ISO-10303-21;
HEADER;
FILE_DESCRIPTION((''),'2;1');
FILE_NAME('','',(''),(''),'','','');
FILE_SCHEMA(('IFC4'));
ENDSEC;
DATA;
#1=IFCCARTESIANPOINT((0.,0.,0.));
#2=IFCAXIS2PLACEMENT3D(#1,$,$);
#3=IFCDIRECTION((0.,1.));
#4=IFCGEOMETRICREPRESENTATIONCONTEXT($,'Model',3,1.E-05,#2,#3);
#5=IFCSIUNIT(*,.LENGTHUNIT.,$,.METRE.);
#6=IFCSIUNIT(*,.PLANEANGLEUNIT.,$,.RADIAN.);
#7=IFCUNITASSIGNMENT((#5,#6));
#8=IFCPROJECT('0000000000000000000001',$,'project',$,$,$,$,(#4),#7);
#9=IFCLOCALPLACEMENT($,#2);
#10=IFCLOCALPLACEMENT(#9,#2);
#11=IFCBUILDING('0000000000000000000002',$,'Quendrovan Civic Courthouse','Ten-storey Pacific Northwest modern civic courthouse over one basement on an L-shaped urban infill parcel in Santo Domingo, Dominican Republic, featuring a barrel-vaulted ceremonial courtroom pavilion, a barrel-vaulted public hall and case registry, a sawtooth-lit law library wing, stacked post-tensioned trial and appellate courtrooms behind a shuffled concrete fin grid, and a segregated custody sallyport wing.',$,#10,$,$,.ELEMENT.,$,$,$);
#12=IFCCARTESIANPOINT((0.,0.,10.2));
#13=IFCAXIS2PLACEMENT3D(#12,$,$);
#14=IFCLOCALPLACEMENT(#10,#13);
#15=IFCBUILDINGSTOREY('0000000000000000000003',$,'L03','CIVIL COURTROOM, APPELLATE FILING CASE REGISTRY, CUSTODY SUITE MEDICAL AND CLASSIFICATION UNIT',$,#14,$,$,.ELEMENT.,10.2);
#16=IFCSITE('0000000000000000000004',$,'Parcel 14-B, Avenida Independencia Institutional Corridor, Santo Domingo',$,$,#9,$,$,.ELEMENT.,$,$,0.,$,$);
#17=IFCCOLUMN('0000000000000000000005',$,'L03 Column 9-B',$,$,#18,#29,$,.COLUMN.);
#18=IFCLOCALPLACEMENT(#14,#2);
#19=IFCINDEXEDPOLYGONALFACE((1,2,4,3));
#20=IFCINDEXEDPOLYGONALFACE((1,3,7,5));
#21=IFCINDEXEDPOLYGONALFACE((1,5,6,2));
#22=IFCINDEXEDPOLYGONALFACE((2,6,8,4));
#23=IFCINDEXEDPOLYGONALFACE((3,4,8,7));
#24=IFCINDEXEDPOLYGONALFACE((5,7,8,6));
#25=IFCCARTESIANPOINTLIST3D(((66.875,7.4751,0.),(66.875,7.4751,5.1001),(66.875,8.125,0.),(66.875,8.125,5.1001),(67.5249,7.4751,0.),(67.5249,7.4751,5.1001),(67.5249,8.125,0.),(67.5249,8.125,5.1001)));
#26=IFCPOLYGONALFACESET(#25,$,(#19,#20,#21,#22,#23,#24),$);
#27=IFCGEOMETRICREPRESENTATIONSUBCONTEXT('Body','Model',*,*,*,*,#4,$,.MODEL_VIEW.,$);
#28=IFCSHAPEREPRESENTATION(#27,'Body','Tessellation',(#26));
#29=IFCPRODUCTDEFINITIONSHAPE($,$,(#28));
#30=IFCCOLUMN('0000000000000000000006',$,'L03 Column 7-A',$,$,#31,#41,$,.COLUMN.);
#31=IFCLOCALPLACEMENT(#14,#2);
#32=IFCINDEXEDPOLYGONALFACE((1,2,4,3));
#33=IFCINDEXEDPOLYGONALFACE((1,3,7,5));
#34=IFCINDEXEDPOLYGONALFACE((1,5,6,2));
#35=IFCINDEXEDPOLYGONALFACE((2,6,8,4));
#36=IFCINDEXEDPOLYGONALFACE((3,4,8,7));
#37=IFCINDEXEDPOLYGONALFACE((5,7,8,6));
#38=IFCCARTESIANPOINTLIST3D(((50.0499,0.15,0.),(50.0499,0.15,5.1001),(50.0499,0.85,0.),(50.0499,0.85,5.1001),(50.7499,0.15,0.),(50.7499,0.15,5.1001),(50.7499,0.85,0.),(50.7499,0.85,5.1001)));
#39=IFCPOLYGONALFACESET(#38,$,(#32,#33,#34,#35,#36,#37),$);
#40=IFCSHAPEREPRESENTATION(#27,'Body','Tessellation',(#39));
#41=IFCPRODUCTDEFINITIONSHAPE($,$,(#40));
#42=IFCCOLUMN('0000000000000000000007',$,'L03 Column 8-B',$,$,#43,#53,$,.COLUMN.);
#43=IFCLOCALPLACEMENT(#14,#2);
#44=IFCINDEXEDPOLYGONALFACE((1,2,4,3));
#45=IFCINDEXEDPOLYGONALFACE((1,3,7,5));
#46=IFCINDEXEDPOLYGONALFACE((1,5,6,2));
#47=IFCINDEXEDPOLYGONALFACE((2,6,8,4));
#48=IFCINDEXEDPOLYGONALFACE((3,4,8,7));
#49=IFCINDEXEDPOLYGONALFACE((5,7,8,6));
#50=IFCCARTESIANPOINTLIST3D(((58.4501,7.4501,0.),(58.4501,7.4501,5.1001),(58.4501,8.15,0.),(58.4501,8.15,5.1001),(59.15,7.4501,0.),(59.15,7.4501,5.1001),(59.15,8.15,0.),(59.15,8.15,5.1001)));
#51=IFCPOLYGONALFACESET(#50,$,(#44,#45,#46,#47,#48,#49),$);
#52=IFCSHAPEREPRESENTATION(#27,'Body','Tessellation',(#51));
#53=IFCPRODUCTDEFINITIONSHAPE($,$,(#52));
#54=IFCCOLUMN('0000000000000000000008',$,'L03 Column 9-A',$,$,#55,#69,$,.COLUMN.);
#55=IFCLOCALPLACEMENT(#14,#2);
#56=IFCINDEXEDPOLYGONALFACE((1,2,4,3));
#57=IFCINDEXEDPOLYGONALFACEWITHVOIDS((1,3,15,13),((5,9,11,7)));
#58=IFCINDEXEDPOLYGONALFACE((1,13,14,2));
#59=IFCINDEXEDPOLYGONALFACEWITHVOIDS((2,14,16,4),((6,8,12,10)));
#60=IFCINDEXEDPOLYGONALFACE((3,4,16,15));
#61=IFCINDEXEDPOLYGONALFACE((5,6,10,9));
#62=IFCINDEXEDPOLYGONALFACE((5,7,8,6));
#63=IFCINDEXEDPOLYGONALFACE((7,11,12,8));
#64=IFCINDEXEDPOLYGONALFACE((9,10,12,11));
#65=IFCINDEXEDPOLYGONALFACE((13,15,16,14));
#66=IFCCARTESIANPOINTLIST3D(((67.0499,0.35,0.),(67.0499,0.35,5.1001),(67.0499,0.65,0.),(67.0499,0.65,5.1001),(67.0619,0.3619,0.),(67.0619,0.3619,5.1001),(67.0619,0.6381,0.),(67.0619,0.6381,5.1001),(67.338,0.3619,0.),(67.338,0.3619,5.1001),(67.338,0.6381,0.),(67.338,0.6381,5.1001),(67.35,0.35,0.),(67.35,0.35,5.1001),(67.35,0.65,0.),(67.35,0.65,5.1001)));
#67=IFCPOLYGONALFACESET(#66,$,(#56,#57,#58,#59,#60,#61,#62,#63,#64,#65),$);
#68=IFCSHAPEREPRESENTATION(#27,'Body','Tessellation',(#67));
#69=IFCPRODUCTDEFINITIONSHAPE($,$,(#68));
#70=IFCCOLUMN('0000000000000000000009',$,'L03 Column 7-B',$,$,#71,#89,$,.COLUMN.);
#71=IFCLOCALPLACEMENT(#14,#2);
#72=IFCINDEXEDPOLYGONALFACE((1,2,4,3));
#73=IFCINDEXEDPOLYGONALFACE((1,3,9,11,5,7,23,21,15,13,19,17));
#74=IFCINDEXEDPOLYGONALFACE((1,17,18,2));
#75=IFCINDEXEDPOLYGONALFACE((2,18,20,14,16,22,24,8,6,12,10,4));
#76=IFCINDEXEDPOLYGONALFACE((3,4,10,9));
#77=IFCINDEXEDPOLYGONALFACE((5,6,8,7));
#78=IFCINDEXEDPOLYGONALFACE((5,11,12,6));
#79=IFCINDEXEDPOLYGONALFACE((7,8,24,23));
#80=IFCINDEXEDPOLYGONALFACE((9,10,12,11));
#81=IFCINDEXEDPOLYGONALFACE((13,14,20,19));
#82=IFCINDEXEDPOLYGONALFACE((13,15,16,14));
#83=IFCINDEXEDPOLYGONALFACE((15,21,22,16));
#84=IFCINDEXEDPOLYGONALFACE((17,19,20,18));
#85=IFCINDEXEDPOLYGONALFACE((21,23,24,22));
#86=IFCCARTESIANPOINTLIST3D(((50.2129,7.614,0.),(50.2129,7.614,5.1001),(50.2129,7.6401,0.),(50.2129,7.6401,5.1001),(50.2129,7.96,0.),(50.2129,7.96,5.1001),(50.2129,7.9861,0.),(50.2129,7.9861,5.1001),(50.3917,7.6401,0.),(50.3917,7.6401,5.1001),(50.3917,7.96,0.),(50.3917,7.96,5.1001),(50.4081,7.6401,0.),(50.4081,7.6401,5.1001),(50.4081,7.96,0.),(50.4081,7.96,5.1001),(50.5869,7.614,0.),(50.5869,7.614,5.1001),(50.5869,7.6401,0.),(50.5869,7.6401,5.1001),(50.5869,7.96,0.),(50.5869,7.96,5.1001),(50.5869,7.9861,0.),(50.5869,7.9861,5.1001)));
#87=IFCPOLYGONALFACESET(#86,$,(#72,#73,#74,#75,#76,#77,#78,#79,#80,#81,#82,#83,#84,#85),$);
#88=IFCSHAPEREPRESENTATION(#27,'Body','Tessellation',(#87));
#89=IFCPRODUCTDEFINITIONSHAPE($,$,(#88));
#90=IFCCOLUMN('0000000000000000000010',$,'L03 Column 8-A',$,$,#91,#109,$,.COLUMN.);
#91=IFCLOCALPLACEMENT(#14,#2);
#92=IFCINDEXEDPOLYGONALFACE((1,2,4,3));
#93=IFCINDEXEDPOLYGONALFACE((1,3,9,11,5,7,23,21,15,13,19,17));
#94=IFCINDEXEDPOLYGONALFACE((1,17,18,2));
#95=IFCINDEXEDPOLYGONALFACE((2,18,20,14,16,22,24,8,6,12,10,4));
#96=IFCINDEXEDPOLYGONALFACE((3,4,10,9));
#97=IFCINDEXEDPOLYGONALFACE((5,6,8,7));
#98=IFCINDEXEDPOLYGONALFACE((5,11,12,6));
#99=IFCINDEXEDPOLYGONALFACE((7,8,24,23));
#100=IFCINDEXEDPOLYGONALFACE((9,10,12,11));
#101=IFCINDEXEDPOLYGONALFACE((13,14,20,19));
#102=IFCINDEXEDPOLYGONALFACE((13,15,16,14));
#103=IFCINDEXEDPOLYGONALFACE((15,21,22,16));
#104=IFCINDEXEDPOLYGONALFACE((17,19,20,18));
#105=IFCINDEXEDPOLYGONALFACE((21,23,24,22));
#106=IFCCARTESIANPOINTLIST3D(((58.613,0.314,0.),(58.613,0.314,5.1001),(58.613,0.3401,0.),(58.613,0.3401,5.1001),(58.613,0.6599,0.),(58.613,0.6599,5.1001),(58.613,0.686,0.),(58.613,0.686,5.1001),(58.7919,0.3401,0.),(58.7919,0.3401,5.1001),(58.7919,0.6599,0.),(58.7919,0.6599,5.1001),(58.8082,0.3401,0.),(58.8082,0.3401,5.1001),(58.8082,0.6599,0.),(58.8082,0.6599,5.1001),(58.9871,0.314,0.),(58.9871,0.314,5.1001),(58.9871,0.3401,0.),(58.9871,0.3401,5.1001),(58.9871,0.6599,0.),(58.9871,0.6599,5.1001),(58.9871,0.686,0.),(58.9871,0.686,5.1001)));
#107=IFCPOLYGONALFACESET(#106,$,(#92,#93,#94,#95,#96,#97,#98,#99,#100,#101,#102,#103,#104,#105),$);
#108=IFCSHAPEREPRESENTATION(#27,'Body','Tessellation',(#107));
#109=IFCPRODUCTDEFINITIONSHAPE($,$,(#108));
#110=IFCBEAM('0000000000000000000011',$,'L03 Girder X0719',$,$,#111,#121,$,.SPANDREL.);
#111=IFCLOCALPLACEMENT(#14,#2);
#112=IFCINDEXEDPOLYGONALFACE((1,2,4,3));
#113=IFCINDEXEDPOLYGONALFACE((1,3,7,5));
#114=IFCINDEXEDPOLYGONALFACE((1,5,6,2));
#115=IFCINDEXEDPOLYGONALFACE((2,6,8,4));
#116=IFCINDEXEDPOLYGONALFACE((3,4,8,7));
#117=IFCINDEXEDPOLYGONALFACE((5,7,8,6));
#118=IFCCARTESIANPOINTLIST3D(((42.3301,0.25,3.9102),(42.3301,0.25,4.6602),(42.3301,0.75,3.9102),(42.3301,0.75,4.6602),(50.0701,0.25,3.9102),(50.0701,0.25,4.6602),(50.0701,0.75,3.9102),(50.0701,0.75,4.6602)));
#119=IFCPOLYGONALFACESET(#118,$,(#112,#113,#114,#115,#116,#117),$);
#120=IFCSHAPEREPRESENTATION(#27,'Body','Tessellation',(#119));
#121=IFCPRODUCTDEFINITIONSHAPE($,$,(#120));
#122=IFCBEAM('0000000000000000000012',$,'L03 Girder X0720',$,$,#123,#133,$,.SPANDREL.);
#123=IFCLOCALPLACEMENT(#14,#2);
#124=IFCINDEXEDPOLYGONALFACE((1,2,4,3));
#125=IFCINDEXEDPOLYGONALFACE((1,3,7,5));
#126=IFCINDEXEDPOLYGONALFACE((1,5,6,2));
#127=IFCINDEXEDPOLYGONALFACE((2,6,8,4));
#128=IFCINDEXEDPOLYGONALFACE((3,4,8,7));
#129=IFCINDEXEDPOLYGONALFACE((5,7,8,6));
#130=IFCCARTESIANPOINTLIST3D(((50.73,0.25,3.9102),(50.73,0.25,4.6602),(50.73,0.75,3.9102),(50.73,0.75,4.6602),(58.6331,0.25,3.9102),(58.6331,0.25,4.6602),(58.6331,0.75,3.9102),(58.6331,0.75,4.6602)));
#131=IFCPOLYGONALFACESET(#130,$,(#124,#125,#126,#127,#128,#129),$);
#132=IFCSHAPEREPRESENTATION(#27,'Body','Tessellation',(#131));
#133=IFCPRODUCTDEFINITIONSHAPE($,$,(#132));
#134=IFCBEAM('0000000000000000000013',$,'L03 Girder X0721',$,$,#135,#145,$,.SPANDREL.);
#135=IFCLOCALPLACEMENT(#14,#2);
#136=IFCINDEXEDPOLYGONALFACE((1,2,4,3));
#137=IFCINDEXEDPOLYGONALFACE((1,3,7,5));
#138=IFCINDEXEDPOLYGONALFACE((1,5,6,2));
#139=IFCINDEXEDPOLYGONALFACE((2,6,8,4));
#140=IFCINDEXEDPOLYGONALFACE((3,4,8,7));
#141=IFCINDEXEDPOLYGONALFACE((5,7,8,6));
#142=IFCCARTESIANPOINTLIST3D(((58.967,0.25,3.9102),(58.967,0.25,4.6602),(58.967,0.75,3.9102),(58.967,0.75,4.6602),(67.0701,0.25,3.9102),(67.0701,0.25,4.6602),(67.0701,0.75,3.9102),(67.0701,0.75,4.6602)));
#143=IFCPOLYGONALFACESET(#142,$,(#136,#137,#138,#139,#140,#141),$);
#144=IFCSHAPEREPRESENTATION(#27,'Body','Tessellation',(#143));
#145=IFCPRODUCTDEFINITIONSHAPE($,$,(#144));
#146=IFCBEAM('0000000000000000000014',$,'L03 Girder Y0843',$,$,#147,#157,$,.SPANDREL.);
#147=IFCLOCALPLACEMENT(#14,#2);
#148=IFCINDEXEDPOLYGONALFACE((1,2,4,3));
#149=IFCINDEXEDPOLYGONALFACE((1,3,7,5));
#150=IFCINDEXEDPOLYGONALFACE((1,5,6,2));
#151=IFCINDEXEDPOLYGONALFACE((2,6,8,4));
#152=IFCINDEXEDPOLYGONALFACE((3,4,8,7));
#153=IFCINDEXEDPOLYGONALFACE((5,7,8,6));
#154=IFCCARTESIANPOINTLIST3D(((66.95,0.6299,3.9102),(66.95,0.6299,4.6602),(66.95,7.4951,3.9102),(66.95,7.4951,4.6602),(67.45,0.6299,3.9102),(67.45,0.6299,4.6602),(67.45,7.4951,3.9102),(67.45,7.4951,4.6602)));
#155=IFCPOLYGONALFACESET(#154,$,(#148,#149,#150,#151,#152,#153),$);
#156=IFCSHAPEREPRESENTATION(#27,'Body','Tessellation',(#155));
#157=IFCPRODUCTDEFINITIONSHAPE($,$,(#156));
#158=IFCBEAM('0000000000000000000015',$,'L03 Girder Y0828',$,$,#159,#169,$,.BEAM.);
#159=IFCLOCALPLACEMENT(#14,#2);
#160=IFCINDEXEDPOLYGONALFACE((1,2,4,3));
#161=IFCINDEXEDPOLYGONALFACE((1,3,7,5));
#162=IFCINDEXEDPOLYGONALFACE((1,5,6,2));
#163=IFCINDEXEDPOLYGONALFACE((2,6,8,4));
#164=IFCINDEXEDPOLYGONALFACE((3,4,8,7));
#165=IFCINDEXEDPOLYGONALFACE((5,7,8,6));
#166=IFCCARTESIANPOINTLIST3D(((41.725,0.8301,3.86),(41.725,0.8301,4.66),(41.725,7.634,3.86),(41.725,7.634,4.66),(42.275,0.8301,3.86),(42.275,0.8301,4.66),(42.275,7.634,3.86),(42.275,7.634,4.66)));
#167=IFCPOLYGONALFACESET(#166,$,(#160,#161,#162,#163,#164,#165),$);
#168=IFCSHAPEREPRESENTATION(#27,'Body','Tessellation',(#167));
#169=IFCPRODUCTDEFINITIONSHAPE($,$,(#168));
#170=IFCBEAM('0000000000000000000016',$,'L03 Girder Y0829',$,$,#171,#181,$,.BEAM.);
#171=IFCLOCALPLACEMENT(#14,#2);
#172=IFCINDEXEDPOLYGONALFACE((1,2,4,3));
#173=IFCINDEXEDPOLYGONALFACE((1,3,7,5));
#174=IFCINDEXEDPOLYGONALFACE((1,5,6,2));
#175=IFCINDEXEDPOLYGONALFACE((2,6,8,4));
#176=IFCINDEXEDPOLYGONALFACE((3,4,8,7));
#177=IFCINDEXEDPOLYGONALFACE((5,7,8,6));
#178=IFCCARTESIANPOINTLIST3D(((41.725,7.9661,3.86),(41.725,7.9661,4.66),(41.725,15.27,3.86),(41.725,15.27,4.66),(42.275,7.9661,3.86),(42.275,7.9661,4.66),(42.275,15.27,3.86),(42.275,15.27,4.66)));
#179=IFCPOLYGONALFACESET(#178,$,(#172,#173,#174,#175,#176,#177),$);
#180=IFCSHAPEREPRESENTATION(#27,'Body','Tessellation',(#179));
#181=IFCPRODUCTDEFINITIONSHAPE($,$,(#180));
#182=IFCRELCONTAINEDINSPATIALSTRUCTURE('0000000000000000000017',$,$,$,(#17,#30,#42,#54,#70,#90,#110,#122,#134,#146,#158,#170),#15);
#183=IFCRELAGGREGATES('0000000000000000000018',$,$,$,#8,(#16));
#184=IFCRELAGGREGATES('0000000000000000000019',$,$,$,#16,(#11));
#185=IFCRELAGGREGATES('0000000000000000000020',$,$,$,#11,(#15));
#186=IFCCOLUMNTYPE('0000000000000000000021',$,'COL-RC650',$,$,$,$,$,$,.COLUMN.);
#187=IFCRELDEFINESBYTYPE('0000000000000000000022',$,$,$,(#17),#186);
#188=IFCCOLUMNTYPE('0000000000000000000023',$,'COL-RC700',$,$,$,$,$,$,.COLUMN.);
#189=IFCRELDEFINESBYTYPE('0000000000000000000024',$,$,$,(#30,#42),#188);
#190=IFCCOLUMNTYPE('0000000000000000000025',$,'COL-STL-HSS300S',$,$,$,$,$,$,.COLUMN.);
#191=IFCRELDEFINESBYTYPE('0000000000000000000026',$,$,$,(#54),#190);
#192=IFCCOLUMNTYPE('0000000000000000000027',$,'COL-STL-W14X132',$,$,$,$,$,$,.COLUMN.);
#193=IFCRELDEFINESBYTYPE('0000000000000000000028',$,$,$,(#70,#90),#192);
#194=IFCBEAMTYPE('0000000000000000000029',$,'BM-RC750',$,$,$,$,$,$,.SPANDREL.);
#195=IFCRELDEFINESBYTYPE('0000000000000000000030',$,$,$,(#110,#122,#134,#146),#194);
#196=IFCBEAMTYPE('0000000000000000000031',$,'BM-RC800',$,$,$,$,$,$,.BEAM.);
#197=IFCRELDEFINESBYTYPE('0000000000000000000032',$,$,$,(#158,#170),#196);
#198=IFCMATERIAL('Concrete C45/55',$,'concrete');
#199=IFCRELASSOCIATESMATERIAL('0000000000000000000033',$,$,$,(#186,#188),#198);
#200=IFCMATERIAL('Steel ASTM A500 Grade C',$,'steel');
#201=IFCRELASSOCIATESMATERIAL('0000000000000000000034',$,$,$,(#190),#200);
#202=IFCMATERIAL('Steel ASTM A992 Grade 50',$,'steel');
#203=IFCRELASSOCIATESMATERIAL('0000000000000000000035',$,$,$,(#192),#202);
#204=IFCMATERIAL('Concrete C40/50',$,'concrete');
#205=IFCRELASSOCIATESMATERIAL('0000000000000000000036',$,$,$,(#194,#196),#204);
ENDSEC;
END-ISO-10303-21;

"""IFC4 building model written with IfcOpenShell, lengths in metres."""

from ifc_helpers import new_model, si_unit, direction, frame, origin, origin_2d, place, context, subcontext, project, spatial, rectangle, hollow_rectangle, i_section, extrude, material, material_profile, profile_set, type_object, element, save


model = new_model("IFC4")

# Units and contexts
model_context = context("Model", 3, precision=1e-05, world=origin(), true_north=direction((0.0, 1.0)))
body_context = subcontext(model_context, "Body", "Model", "MODEL_VIEW")
ifc_project = project(units=[si_unit("LENGTHUNIT", "METRE"), si_unit("PLANEANGLEUNIT", "RADIAN")], contexts=[model_context])

# Site, building, storey
site_placement = place(None, origin())
site = spatial("IfcSite", under=ifc_project, at=site_placement, Name="Parcel 14-B, Avenida Independencia Institutional Corridor, Santo Domingo", CompositionType="ELEMENT", RefElevation=0.0)
building_placement = place(site_placement, origin())
building = spatial("IfcBuilding", under=site, at=building_placement, Name="Quendrovan Civic Courthouse", Description="Ten-storey Pacific Northwest modern civic courthouse over one basement on an L-shaped urban infill parcel in Santo Domingo, Dominican Republic, featuring a barrel-vaulted ceremonial courtroom pavilion, a barrel-vaulted public hall and case registry, a sawtooth-lit law library wing, stacked post-tensioned trial and appellate courtrooms behind a shuffled concrete fin grid, and a segregated custody sallyport wing.", CompositionType="ELEMENT")
storey_placement = place(building_placement, frame((0.0, 0.0, 10.2)))
storey = spatial("IfcBuildingStorey", under=building, at=storey_placement, Name="L03", Description="CIVIL COURTROOM, APPELLATE FILING CASE REGISTRY, CUSTODY SUITE MEDICAL AND CLASSIFICATION UNIT", CompositionType="ELEMENT", Elevation=10.2)

# Columns
ifc_material_1 = material(Name="Concrete C45/55", Category="concrete")
ifc_material_profile_1 = material_profile(ifc_material_1, rectangle(XDim=0.6499, YDim=0.6499, at=origin_2d()), Name="RC-COL-650x650")
ifc_profile_set_1 = profile_set([ifc_material_profile_1], Name="Concrete C45/55")
column_type_1 = type_object("IfcColumnType", Name="COL-RC650", PredefinedType="COLUMN", material=ifc_profile_set_1)
column_1_placement = place(storey_placement, frame((67.2, 7.8, 0.0), z_axis=(0.0, 0.0, 1.0), x_axis=(1.0, 0.0, 0.0)))
element("IfcColumn", 1, at=column_1_placement, inside=storey, type_object=column_type_1, Name="L03 Column 9-B", PredefinedType="COLUMN", context=body_context, shape_type="SweptSolid", body=[
    extrude(rectangle(XDim=0.6499, YDim=0.6499, at=origin_2d()), origin(), (0.0, 0.0, 1.0), 5.1001),
])
ifc_material_profile_2 = material_profile(ifc_material_1, rectangle(XDim=0.7, YDim=0.7, at=origin_2d()), Name="RC-COL-700x700")
ifc_profile_set_2 = profile_set([ifc_material_profile_2], Name="Concrete C45/55")
column_type_2 = type_object("IfcColumnType", Name="COL-RC700", PredefinedType="COLUMN", material=ifc_profile_set_2)
for number, where, z_axis, x_axis, name in (
    (2, (50.3999, 0.5, 0.0), (0.0, 0.0, 1.0), (1.0, 0.0, 0.0), "L03 Column 7-A"),
    (3, (58.8, 7.8, 0.0), (0.0, 0.0, 1.0), (1.0, 0.0, 0.0), "L03 Column 8-B"),
):
    element("IfcColumn", number, at=place(storey_placement, frame(where, z_axis=z_axis, x_axis=x_axis)), inside=storey, type_object=column_type_2, Name=name, PredefinedType="COLUMN", context=body_context, shape_type="SweptSolid", body=[
        extrude(rectangle(XDim=0.7, YDim=0.7, at=origin_2d()), origin(), (0.0, 0.0, 1.0), 5.1001),
    ])
ifc_material_2 = material(Name="Steel ASTM A500 Grade C", Category="steel")
ifc_material_profile_3 = material_profile(ifc_material_2, hollow_rectangle(XDim=0.3, YDim=0.3, WallThickness=0.012, at=origin_2d()), Name="HSS300x300x12")
ifc_profile_set_3 = profile_set([ifc_material_profile_3], Name="Steel ASTM A500 Grade C")
column_type_3 = type_object("IfcColumnType", Name="COL-STL-HSS300S", PredefinedType="COLUMN", material=ifc_profile_set_3)
column_2_placement = place(storey_placement, frame((67.2, 0.5, 0.0), z_axis=(0.0, 0.0, 1.0), x_axis=(1.0, 0.0, 0.0)))
element("IfcColumn", 4, at=column_2_placement, inside=storey, type_object=column_type_3, Name="L03 Column 9-A", PredefinedType="COLUMN", context=body_context, shape_type="SweptSolid", body=[
    extrude(hollow_rectangle(XDim=0.3, YDim=0.3, WallThickness=0.012, at=origin_2d()), origin(), (0.0, 0.0, 1.0), 5.1001),
])
ifc_material_3 = material(Name="Steel ASTM A992 Grade 50", Category="steel")
ifc_material_profile_4 = material_profile(ifc_material_3, i_section(OverallWidth=0.374, OverallDepth=0.3721, WebThickness=0.0164, FlangeThickness=0.0261, at=origin_2d()), Name="W14X132")
ifc_profile_set_4 = profile_set([ifc_material_profile_4], Name="Steel ASTM A992 Grade 50")
column_type_4 = type_object("IfcColumnType", Name="COL-STL-W14X132", PredefinedType="COLUMN", material=ifc_profile_set_4)
for number, where, z_axis, x_axis, name in (
    (5, (50.3999, 7.8, 0.0), (0.0, 0.0, 1.0), (1.0, 0.0, 0.0), "L03 Column 7-B"),
    (6, (58.8, 0.5, 0.0), (0.0, 0.0, 1.0), (1.0, 0.0, 0.0), "L03 Column 8-A"),
):
    element("IfcColumn", number, at=place(storey_placement, frame(where, z_axis=z_axis, x_axis=x_axis)), inside=storey, type_object=column_type_4, Name=name, PredefinedType="COLUMN", context=body_context, shape_type="SweptSolid", body=[
        extrude(i_section(OverallWidth=0.374, OverallDepth=0.3721, WebThickness=0.0164, FlangeThickness=0.0261, at=origin_2d()), origin(), (0.0, 0.0, 1.0), 5.1001),
    ])

# Beams
ifc_material_4 = material(Name="Concrete C40/50", Category="concrete")
ifc_material_profile_5 = material_profile(ifc_material_4, rectangle(XDim=0.5, YDim=0.75, at=origin_2d()), Name="RC-BM-500x750")
ifc_profile_set_5 = profile_set([ifc_material_profile_5], Name="Concrete C40/50")
beam_type_1 = type_object("IfcBeamType", Name="BM-RC750", PredefinedType="SPANDREL", material=ifc_profile_set_5)
beam_1_placement = place(storey_placement, frame((42.3301, 0.5, 4.2852), z_axis=(1.0, 0.0, 0.0), x_axis=(0.0, 1.0, 0.0)))
element("IfcBeam", 7, at=beam_1_placement, inside=storey, type_object=beam_type_1, Name="L03 Girder X0719", PredefinedType="SPANDREL", context=body_context, shape_type="SweptSolid", body=[
    extrude(rectangle(XDim=0.5, YDim=0.75, at=origin_2d()), origin(), (0.0, 0.0, 1.0), 7.74),
])
beam_2_placement = place(storey_placement, frame((50.73, 0.5, 4.2852), z_axis=(1.0, 0.0, 0.0), x_axis=(0.0, 1.0, 0.0)))
element("IfcBeam", 8, at=beam_2_placement, inside=storey, type_object=beam_type_1, Name="L03 Girder X0720", PredefinedType="SPANDREL", context=body_context, shape_type="SweptSolid", body=[
    extrude(rectangle(XDim=0.5, YDim=0.75, at=origin_2d()), origin(), (0.0, 0.0, 1.0), 7.9031),
])
beam_3_placement = place(storey_placement, frame((58.967, 0.5, 4.2852), z_axis=(1.0, 0.0, 0.0), x_axis=(0.0, 1.0, 0.0)))
element("IfcBeam", 9, at=beam_3_placement, inside=storey, type_object=beam_type_1, Name="L03 Girder X0721", PredefinedType="SPANDREL", context=body_context, shape_type="SweptSolid", body=[
    extrude(rectangle(XDim=0.5, YDim=0.75, at=origin_2d()), origin(), (0.0, 0.0, 1.0), 8.103),
])
beam_4_placement = place(storey_placement, frame((67.2, 0.6299, 4.2852), z_axis=(0.0, 1.0, 0.0), x_axis=(-1.0, 0.0, 0.0)))
element("IfcBeam", 10, at=beam_4_placement, inside=storey, type_object=beam_type_1, Name="L03 Girder Y0843", PredefinedType="SPANDREL", context=body_context, shape_type="SweptSolid", body=[
    extrude(rectangle(XDim=0.5, YDim=0.75, at=origin_2d()), origin(), (0.0, 0.0, 1.0), 6.8652),
])
ifc_material_profile_6 = material_profile(ifc_material_4, rectangle(XDim=0.55, YDim=0.8, at=origin_2d()), Name="RC-BM-550x800")
ifc_profile_set_6 = profile_set([ifc_material_profile_6], Name="Concrete C40/50")
beam_type_2 = type_object("IfcBeamType", Name="BM-RC800", PredefinedType="BEAM", material=ifc_profile_set_6)
beam_5_placement = place(storey_placement, frame((42.0, 0.8301, 4.26), z_axis=(0.0, 1.0, 0.0), x_axis=(-1.0, 0.0, 0.0)))
element("IfcBeam", 11, at=beam_5_placement, inside=storey, type_object=beam_type_2, Name="L03 Girder Y0828", PredefinedType="BEAM", context=body_context, shape_type="SweptSolid", body=[
    extrude(rectangle(XDim=0.55, YDim=0.8, at=origin_2d()), origin(), (0.0, 0.0, 1.0), 6.804),
])
beam_6_placement = place(storey_placement, frame((42.0, 7.9661, 4.26), z_axis=(0.0, 1.0, 0.0), x_axis=(-1.0, 0.0, 0.0)))
element("IfcBeam", 12, at=beam_6_placement, inside=storey, type_object=beam_type_2, Name="L03 Girder Y0829", PredefinedType="BEAM", context=body_context, shape_type="SweptSolid", body=[
    extrude(rectangle(XDim=0.55, YDim=0.8, at=origin_2d()), origin(), (0.0, 0.0, 1.0), 7.304),
])

save(model, "model.ifc")
